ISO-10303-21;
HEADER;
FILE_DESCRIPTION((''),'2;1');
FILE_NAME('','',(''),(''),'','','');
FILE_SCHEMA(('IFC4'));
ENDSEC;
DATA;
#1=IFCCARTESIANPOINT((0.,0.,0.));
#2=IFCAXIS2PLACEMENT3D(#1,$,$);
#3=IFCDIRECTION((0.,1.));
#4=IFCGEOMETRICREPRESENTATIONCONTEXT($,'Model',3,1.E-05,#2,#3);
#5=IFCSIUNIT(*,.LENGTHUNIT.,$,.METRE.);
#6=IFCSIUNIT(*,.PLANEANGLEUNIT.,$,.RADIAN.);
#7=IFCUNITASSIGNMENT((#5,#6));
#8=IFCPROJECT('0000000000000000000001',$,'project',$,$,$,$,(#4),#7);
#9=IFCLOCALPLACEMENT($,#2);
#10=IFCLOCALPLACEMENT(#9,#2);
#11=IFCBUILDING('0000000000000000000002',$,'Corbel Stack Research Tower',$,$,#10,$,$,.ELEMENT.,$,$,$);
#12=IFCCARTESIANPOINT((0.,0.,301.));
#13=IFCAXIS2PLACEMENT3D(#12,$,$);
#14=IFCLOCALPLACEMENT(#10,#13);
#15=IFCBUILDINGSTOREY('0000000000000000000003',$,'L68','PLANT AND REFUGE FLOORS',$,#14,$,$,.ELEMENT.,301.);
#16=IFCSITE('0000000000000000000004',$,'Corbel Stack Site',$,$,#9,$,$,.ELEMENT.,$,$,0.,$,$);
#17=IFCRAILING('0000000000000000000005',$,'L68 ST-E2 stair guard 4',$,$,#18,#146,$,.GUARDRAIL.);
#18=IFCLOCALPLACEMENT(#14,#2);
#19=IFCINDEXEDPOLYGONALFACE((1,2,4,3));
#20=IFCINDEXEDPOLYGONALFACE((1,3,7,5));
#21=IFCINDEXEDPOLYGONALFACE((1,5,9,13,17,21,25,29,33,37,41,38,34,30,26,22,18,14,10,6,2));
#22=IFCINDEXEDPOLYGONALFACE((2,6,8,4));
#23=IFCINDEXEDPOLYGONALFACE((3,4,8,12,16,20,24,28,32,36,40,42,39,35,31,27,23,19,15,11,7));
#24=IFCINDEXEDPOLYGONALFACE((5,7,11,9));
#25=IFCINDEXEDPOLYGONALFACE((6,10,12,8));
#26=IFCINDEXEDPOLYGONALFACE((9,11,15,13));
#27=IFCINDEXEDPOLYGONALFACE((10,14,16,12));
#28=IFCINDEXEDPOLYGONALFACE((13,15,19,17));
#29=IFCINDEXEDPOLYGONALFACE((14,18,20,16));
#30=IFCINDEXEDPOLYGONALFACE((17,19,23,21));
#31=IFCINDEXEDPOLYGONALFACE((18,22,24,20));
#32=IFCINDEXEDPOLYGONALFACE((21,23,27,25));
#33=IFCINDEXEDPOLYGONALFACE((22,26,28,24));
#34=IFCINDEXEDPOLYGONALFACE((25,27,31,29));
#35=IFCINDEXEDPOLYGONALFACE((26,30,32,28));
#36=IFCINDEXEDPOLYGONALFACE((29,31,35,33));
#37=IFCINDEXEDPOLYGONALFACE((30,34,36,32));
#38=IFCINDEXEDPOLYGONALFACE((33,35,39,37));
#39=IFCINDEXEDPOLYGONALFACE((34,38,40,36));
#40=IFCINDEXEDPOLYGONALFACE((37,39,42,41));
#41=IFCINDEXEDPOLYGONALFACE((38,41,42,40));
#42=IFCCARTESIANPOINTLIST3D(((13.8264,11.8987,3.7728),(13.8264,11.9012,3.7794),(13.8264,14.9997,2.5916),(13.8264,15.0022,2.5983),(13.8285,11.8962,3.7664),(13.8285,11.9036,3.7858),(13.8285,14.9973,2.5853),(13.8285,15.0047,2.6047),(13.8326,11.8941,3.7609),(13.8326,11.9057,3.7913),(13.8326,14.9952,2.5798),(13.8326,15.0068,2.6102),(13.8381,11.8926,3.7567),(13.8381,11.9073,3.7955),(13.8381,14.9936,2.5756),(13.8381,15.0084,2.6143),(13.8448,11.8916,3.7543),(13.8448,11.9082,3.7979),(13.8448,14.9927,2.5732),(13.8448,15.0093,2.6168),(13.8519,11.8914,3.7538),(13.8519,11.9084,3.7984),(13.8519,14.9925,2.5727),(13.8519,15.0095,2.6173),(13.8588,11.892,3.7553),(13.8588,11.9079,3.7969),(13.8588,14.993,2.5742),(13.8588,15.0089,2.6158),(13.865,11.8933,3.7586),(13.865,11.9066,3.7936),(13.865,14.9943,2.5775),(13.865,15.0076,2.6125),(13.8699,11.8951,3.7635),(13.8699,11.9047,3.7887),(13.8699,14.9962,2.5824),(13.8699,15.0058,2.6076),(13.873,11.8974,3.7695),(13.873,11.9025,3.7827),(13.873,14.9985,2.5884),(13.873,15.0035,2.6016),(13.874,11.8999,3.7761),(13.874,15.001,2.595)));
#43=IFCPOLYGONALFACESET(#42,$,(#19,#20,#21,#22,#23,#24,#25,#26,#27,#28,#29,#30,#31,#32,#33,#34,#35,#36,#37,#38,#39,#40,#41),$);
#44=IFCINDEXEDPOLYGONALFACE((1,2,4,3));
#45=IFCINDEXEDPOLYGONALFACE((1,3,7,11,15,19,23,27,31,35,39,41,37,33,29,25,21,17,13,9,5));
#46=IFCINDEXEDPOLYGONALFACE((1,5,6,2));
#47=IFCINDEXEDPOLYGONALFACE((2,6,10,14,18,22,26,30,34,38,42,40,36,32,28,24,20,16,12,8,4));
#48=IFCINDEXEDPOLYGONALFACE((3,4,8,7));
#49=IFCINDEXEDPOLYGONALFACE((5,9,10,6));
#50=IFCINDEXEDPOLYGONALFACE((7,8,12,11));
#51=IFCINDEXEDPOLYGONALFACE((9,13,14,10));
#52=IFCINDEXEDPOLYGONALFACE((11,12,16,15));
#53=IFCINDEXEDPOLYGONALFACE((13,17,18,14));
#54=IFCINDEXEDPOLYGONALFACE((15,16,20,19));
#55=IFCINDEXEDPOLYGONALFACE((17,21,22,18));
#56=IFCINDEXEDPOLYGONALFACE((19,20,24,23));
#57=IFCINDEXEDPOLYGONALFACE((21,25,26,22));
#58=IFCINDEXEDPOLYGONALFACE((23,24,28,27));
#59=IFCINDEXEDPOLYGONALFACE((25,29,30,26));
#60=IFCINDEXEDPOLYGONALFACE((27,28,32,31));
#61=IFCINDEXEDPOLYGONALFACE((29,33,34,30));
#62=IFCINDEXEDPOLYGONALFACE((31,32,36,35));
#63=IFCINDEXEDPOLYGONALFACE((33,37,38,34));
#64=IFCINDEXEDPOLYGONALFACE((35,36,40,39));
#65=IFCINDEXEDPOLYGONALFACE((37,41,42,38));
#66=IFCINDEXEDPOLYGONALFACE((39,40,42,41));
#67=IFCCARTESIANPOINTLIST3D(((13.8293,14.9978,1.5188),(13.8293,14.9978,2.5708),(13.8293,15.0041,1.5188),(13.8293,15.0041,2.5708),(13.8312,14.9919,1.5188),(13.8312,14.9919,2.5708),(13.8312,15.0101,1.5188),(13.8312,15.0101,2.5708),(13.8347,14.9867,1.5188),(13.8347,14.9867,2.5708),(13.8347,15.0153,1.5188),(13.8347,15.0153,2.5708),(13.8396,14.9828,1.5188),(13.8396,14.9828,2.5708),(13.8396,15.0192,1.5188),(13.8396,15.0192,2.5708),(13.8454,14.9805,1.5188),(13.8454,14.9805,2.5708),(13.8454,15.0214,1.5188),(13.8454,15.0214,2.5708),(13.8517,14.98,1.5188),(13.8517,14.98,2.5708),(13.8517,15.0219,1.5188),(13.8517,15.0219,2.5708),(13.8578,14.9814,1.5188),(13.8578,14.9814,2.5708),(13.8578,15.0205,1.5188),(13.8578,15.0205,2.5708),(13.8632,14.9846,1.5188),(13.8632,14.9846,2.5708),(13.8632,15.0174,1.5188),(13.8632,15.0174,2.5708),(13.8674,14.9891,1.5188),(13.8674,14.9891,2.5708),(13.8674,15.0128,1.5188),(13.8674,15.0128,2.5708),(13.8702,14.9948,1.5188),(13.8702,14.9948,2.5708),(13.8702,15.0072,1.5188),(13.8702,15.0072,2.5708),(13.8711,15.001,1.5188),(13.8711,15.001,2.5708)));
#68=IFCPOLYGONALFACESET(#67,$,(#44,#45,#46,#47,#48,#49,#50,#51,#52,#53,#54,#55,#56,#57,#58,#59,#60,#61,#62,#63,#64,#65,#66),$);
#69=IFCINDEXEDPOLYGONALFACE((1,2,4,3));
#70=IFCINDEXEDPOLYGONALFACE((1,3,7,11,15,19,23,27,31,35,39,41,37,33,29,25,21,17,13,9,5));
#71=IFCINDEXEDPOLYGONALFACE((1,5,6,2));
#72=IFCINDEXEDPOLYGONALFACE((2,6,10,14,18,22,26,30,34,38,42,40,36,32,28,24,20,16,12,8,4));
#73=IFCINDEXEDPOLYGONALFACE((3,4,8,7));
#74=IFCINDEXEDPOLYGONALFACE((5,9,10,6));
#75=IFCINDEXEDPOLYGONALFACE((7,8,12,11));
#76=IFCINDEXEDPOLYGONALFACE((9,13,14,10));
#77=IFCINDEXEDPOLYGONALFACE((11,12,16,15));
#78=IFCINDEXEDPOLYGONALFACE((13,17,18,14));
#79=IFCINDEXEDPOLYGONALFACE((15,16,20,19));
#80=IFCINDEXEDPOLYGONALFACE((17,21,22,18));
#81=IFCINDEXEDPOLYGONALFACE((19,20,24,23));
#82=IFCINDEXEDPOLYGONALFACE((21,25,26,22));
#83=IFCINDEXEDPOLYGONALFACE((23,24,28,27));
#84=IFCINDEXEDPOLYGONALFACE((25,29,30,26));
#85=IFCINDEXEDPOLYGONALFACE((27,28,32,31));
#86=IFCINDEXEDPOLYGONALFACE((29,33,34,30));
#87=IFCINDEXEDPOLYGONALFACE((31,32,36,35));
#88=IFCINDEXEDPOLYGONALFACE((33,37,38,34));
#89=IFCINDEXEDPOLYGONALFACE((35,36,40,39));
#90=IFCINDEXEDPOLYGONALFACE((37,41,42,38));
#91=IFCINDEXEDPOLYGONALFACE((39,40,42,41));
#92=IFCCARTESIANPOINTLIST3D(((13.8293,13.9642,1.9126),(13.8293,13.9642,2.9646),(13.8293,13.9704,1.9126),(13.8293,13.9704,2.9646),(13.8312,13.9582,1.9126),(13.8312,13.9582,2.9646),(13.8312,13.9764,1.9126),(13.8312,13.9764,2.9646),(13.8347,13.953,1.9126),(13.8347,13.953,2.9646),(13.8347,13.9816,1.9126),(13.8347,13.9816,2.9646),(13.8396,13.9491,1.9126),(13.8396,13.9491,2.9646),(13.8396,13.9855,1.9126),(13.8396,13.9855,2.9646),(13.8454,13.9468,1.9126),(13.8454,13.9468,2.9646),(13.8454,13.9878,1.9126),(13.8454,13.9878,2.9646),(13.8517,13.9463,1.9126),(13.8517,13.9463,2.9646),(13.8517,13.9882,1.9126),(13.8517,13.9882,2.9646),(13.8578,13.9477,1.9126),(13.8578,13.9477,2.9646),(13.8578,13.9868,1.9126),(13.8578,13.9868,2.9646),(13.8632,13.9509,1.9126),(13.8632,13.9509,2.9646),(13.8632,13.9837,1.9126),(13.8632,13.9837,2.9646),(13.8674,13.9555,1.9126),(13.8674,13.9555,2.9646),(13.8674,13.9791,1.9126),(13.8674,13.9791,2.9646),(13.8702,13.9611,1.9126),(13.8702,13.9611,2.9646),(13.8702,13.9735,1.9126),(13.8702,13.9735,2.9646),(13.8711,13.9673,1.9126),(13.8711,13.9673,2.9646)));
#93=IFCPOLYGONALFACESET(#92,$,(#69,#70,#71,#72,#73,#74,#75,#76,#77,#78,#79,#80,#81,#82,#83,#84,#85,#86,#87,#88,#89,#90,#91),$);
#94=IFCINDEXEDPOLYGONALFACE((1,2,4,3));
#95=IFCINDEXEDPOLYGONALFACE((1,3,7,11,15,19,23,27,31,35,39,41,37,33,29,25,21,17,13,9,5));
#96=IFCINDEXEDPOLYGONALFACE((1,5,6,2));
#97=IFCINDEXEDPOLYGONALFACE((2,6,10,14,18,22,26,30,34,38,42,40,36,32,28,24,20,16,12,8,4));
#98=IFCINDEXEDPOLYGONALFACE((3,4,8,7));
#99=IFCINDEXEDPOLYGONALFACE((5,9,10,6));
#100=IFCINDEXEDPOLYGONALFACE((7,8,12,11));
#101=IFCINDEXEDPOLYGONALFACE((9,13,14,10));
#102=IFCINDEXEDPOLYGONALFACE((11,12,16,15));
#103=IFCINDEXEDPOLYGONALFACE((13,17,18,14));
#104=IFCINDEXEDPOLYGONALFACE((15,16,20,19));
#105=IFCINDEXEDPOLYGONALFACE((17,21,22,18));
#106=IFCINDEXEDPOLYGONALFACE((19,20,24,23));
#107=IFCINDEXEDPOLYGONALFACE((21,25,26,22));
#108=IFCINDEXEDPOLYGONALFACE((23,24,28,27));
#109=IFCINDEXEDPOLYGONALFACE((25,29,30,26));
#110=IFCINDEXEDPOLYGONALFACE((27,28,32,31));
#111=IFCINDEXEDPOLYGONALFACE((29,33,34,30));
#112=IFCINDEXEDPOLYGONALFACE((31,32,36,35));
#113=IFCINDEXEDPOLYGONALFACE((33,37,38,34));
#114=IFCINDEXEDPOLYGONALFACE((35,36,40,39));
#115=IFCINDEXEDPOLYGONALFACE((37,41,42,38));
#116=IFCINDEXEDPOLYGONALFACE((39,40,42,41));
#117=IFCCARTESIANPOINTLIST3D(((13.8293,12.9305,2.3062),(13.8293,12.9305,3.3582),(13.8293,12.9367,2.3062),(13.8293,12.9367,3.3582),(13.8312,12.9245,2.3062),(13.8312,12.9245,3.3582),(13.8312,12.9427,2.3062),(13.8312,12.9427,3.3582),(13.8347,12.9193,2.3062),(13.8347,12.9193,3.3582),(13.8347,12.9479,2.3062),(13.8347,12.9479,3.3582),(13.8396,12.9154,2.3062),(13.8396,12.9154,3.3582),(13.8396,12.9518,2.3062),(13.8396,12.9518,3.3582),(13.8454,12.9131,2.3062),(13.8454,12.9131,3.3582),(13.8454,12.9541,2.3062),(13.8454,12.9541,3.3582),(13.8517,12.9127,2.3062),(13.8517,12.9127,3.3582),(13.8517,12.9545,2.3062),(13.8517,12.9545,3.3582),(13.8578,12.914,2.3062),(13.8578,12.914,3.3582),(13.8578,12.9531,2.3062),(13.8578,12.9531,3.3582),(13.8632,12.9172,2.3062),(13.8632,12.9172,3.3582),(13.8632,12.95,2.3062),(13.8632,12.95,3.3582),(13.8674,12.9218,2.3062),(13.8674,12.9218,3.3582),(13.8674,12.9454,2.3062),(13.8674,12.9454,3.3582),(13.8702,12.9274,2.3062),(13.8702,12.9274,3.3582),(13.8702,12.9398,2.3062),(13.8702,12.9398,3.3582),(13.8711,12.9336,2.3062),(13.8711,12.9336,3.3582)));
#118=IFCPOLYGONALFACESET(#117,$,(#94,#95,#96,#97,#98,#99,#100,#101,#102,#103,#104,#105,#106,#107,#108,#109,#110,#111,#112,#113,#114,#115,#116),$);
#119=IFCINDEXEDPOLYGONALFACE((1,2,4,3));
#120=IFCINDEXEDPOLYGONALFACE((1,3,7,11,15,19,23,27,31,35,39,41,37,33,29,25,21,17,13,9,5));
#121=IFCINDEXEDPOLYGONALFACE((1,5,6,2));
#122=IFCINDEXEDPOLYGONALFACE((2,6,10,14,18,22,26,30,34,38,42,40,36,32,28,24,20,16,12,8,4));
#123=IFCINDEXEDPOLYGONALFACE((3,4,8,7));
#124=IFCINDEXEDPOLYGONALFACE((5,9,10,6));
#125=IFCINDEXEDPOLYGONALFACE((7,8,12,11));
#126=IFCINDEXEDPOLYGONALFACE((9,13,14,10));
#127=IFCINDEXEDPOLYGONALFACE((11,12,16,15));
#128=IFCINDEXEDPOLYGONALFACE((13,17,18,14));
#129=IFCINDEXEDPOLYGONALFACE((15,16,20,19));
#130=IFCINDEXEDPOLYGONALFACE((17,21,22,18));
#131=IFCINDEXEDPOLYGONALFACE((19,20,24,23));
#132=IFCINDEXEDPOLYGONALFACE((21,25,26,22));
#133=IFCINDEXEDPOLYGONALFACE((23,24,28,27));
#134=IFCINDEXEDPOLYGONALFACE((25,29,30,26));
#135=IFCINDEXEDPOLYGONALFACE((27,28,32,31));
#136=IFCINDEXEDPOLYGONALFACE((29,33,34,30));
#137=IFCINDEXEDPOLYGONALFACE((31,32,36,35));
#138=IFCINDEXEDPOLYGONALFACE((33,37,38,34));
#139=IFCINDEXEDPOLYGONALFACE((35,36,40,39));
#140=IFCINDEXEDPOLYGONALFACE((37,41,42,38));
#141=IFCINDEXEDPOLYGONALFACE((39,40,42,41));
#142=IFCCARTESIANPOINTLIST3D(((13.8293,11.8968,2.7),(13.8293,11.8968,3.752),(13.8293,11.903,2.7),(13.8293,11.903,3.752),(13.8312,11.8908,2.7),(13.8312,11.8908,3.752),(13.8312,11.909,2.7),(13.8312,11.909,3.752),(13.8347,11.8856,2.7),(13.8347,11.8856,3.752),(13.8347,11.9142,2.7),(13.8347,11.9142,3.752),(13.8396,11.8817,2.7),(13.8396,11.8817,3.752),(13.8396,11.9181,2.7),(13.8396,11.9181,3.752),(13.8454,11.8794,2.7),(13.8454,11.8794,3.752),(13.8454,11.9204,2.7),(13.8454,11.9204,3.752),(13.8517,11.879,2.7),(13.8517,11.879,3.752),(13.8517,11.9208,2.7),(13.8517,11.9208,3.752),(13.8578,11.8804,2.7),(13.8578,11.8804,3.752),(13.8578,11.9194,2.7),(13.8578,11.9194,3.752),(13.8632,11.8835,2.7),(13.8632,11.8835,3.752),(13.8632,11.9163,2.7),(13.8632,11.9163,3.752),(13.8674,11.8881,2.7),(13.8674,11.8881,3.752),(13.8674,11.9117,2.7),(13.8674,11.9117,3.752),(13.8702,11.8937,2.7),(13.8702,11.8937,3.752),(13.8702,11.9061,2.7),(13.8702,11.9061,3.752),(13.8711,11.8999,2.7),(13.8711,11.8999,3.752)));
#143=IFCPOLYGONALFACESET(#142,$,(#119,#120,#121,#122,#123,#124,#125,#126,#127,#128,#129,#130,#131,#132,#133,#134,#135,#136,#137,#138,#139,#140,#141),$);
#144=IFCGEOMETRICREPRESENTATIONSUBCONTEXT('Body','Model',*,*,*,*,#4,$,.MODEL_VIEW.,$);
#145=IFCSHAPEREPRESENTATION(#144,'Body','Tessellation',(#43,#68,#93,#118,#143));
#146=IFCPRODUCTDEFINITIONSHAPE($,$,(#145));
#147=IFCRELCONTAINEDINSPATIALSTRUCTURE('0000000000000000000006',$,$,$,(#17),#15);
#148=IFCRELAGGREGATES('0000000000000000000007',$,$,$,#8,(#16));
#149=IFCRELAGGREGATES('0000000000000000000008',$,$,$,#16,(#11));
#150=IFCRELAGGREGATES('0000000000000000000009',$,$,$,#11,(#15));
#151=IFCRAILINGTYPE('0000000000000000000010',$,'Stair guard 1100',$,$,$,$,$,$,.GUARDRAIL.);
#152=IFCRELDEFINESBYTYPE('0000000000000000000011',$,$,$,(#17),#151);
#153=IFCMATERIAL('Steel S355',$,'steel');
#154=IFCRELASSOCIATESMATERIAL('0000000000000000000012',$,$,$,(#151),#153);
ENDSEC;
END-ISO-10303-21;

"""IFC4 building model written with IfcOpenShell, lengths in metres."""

from ifc_helpers import new_model, si_unit, direction, frame, origin, origin_2d, place, context, subcontext, project, spatial, circle, extrude, material, type_object, element, save


model = new_model("IFC4")

# Units and contexts
model_context = context("Model", 3, precision=1e-05, world=origin(), true_north=direction((0.0, 1.0)))
body_context = subcontext(model_context, "Body", "Model", "MODEL_VIEW")
ifc_project = project(units=[si_unit("LENGTHUNIT", "METRE"), si_unit("PLANEANGLEUNIT", "RADIAN")], contexts=[model_context])

# Site, building, storey
site_placement = place(None, origin())
site = spatial("IfcSite", under=ifc_project, at=site_placement, Name="Corbel Stack Site", CompositionType="ELEMENT", RefElevation=0.0)
building_placement = place(site_placement, origin())
building = spatial("IfcBuilding", under=site, at=building_placement, Name="Corbel Stack Research Tower", CompositionType="ELEMENT")
storey_placement = place(building_placement, frame((0.0, 0.0, 301.0)))
storey = spatial("IfcBuildingStorey", under=building, at=storey_placement, Name="L68", Description="PLANT AND REFUGE FLOORS", CompositionType="ELEMENT", Elevation=301.0)

# Railing
ifc_material_1 = material(Name="Steel S355", Category="steel")
railing_type = type_object("IfcRailingType", Name="Stair guard 1100", PredefinedType="GUARDRAIL", material=ifc_material_1)
railing_1_placement = place(storey_placement, frame((13.8501, 15.001, 1.5188)))
element("IfcRailing", 1, at=railing_1_placement, inside=storey, type_object=railing_type, Name="L68 ST-E2 stair guard 4", PredefinedType="GUARDRAIL", context=body_context, shape_type="SweptSolid", body=[
    extrude(circle(Radius=0.0239, at=origin_2d()), frame((0.0, 0.0, 1.0762), z_axis=(0.0, -0.934509, 0.35594), x_axis=(1.0, 0.0, 0.0)), (0.0, 0.0, 1.0), 3.3184),
    extrude(circle(Radius=0.021, at=origin_2d()), origin(), (0.0, 0.0, 1.0), 1.052),
    extrude(circle(Radius=0.021, at=origin_2d()), frame((0.0, -1.0337, 0.3938)), (0.0, 0.0, 1.0), 1.052),
    extrude(circle(Radius=0.021, at=origin_2d()), frame((0.0, -2.0674, 0.7874)), (0.0, 0.0, 1.0), 1.052),
    extrude(circle(Radius=0.021, at=origin_2d()), frame((0.0, -3.1011, 1.1812)), (0.0, 0.0, 1.0), 1.052),
])

save(model, "model.ifc")
